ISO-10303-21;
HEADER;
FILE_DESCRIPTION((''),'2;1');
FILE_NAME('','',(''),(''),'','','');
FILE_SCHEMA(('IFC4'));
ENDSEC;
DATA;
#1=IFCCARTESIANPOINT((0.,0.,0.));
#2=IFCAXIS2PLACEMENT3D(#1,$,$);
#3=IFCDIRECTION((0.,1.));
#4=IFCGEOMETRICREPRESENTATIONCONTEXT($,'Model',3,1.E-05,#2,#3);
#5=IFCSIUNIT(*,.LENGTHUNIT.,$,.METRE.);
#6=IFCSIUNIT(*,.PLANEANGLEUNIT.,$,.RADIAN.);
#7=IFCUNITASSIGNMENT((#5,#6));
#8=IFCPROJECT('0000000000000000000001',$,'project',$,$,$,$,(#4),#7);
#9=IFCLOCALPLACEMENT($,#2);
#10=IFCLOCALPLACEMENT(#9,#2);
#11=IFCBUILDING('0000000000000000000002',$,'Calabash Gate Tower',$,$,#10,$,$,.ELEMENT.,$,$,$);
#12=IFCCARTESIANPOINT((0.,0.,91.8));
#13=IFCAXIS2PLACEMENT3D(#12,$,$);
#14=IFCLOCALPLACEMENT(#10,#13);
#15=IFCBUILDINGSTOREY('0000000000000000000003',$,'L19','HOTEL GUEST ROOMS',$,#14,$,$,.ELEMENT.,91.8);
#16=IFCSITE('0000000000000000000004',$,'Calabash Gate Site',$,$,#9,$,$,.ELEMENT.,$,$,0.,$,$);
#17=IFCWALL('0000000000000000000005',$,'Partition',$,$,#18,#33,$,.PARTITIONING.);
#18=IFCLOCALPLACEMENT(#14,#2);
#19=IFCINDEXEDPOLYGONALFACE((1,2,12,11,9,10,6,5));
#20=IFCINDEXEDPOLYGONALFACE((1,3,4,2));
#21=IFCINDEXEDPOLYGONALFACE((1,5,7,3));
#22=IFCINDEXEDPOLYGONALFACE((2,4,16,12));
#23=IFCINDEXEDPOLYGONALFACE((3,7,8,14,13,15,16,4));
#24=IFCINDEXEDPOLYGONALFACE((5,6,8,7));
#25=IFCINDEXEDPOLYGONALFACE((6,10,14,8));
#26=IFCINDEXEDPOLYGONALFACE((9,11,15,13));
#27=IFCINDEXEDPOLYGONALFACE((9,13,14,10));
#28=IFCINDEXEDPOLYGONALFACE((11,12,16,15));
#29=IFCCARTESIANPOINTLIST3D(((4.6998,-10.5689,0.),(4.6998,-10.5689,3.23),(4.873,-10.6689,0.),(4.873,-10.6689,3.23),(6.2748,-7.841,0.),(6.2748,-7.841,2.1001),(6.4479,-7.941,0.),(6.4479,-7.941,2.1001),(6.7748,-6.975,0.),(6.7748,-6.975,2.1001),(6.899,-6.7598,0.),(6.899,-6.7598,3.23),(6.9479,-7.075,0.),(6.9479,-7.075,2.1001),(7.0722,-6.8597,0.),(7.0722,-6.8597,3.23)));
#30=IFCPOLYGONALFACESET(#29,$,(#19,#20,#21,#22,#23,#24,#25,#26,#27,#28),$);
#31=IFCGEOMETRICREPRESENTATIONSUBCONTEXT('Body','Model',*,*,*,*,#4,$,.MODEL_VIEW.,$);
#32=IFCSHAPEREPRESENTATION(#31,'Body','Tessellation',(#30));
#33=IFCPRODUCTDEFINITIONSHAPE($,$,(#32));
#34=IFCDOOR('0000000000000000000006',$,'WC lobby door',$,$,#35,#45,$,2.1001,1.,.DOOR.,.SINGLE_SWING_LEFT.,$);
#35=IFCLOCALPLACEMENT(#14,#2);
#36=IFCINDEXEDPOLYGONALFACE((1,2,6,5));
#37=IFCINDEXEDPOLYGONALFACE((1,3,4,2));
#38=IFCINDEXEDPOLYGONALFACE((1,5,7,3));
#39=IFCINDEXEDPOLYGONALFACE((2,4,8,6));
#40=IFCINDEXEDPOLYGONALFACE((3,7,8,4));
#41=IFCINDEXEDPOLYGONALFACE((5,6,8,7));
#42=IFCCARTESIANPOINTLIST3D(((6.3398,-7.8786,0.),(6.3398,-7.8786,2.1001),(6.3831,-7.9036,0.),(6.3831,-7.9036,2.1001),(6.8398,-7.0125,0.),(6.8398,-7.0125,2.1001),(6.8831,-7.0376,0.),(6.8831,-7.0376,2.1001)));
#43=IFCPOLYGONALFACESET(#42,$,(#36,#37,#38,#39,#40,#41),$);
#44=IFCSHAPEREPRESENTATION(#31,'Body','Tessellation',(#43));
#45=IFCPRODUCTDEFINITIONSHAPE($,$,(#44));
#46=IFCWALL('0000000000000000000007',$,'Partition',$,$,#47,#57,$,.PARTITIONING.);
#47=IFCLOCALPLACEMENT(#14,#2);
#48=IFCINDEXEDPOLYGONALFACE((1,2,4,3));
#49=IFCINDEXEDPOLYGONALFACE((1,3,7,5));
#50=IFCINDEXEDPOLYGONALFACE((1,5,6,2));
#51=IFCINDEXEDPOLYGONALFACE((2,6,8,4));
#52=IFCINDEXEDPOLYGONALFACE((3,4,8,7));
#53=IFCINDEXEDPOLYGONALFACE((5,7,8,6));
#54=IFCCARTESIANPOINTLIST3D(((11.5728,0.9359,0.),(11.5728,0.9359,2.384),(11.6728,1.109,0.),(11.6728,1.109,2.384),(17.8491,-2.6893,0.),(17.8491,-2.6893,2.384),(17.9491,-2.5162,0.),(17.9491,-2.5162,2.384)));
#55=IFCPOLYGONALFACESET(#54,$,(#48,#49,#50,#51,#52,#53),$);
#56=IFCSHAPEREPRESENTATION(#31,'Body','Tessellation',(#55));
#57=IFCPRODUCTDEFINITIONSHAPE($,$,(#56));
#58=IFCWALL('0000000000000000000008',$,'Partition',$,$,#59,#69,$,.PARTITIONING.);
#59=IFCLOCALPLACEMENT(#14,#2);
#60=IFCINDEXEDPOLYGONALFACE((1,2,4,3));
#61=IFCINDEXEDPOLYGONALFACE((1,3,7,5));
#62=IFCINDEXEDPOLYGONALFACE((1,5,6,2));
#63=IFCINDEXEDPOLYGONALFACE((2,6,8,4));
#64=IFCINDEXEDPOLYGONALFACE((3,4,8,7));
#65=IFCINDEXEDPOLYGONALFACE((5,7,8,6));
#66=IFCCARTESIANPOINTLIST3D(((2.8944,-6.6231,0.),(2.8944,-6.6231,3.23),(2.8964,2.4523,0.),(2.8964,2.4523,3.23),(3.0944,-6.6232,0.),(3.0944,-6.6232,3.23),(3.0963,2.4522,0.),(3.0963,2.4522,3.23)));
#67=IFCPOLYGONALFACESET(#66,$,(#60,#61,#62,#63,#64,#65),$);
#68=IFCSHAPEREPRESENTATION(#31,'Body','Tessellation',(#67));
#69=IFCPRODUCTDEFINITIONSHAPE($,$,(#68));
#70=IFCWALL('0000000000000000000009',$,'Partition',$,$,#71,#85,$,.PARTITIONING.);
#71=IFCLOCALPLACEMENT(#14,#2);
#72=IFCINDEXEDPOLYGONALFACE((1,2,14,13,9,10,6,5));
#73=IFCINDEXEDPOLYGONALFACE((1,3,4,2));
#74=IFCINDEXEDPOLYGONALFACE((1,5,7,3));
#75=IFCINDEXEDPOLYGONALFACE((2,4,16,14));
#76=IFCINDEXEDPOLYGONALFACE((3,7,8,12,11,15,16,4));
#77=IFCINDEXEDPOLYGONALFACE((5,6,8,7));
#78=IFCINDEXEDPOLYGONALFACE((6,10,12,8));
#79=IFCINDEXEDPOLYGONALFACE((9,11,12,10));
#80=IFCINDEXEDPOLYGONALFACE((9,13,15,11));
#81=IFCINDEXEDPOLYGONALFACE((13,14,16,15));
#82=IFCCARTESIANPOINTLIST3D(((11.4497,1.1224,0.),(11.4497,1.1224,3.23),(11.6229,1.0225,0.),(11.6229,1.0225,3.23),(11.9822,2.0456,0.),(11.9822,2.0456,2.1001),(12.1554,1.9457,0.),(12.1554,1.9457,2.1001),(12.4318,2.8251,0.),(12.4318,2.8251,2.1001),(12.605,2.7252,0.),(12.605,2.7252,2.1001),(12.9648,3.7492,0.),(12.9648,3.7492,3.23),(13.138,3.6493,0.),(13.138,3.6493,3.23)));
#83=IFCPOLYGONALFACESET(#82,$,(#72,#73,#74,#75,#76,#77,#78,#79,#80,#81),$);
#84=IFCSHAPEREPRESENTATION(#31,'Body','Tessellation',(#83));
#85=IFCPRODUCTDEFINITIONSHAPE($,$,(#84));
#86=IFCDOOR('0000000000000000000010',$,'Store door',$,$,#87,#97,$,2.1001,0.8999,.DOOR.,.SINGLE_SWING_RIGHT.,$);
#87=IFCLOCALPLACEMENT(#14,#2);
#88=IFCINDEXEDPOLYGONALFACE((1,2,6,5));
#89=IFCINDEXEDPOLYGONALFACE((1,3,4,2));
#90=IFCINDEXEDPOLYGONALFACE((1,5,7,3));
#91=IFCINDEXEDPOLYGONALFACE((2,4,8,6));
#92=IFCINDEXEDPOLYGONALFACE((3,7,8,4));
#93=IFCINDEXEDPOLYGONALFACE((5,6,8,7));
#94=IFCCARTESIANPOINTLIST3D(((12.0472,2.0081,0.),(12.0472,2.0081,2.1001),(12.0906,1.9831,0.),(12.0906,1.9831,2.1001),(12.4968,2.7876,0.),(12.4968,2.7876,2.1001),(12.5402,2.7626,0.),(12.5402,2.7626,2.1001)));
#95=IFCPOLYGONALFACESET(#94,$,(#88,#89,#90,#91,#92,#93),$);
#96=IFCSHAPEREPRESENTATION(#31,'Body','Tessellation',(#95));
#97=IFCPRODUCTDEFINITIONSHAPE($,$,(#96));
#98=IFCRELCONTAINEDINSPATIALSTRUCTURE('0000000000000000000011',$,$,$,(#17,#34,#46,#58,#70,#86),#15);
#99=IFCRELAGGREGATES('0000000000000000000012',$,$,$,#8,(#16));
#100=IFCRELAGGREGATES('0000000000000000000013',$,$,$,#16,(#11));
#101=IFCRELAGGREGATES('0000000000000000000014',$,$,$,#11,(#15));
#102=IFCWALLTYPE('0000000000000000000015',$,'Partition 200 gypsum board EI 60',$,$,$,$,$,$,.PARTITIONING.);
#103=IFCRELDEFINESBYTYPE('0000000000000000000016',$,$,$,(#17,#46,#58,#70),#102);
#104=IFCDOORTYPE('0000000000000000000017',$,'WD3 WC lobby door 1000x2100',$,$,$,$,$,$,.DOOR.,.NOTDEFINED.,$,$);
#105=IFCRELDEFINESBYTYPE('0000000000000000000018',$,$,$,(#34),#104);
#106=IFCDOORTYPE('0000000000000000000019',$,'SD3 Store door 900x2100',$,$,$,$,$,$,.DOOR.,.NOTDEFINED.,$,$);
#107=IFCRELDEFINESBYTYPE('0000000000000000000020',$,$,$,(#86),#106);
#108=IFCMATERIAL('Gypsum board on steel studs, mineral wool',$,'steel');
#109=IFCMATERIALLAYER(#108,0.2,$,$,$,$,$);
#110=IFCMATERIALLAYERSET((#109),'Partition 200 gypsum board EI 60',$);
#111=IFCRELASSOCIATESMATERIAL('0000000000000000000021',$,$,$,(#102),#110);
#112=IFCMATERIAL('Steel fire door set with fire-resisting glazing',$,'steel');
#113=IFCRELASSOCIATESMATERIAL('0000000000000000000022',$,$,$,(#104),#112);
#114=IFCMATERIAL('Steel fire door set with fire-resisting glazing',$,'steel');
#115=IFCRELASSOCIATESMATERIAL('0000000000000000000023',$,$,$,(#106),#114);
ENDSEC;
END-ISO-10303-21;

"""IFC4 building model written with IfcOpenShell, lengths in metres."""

from ifc_helpers import new_model, si_unit, direction, frame, frame_2d, origin, place, context, subcontext, project, spatial, rectangle, extrude, material, layer, layer_set, type_object, element, fill, save


model = new_model("IFC4")

# Units and contexts
model_context = context("Model", 3, precision=1e-05, world=origin(), true_north=direction((0.0, 1.0)))
body_context = subcontext(model_context, "Body", "Model", "MODEL_VIEW")
ifc_project = project(units=[si_unit("LENGTHUNIT", "METRE"), si_unit("PLANEANGLEUNIT", "RADIAN")], contexts=[model_context])

# Site, building, storey
site_placement = place(None, origin())
site = spatial("IfcSite", under=ifc_project, at=site_placement, Name="Calabash Gate Site", CompositionType="ELEMENT", RefElevation=0.0)
building_placement = place(site_placement, origin())
building = spatial("IfcBuilding", under=site, at=building_placement, Name="Calabash Gate Tower", CompositionType="ELEMENT")
storey_placement = place(building_placement, frame((0.0, 0.0, 91.8)))
storey = spatial("IfcBuildingStorey", under=building, at=storey_placement, Name="L19", Description="HOTEL GUEST ROOMS", CompositionType="ELEMENT", Elevation=91.8)

# Shared definitions
ifc_material_1 = material(Name="Gypsum board on steel studs, mineral wool", Category="steel")
ifc_layer_1 = layer(ifc_material_1, 0.2)
ifc_layer_set_1 = layer_set([ifc_layer_1], Name="Partition 200 gypsum board EI 60")
wall_type_1 = type_object("IfcWallType", Name="Partition 200 gypsum board EI 60", PredefinedType="PARTITIONING", material=ifc_layer_set_1)

# Wall, opening, door
wall_1_placement = place(storey_placement, frame((4.7864, -10.6189, 0.0), z_axis=(0.0, 0.0, 1.0), x_axis=(0.500008, 0.866021, 0.0)))
wall_1 = element("IfcWall", 1, at=wall_1_placement, inside=storey, type_object=wall_type_1, Name="Partition", PredefinedType="PARTITIONING", context=body_context, shape_type="SweptSolid", body=[
    extrude(rectangle(XDim=4.3984, YDim=0.2, at=frame_2d((2.1992, 0.0))), origin(), (0.0, 0.0, 1.0), 3.23),
])
opening_1_placement = place(wall_1_placement, frame((3.1499, 0.0, 0.0)))
opening_1 = element("IfcOpeningElement", 2, at=opening_1_placement, cuts=wall_1, PredefinedType="OPENING", context=body_context, shape_type="SweptSolid", body=[
    extrude(rectangle(XDim=1.0, YDim=2.1001, at=frame_2d((0.5, 1.05))), frame((0.0, 0.1099, 0.0), z_axis=(0.0, -1.0, 0.0), x_axis=(1.0, 0.0, 0.0)), (0.0, 0.0, 1.0), 0.22),
])
ifc_material_2 = material(Name="Steel fire door set with fire-resisting glazing", Category="steel")
door_type_1 = type_object("IfcDoorType", Name="WD3 WC lobby door 1000x2100", OperationType="NOTDEFINED", PredefinedType="DOOR", material=ifc_material_2)
door_1_placement = place(opening_1_placement, origin())
door_1 = element("IfcDoor", 3, at=door_1_placement, inside=storey, type_object=door_type_1, Name="WC lobby door", OperationType="SINGLE_SWING_LEFT", OverallHeight=2.1001, OverallWidth=1.0, PredefinedType="DOOR", context=body_context, shape_type="SweptSolid", body=[
    extrude(rectangle(XDim=1.0, YDim=2.1001, at=frame_2d((0.5, 1.05))), frame((0.0, 0.0249, 0.0), z_axis=(0.0, -1.0, 0.0), x_axis=(1.0, 0.0, 0.0)), (0.0, 0.0, 1.0), 0.05),
])
fill(opening_1, door_1)

# Walls
wall_2_placement = place(storey_placement, frame((11.6228, 1.0225, 0.0), z_axis=(0.0, 0.0, 1.0), x_axis=(0.865931, -0.500164, 0.0)))
element("IfcWall", 4, at=wall_2_placement, inside=storey, type_object=wall_type_1, Name="Partition", PredefinedType="PARTITIONING", context=body_context, shape_type="SweptSolid", body=[
    extrude(rectangle(XDim=7.248, YDim=0.2, at=frame_2d((3.624, 0.0))), origin(), (0.0, 0.0, 1.0), 2.384),
])
wall_3_placement = place(storey_placement, frame((2.9944, -6.623, 0.0), z_axis=(0.0, 0.0, 1.0), x_axis=(0.000215, 1.0, 0.0)))
element("IfcWall", 5, at=wall_3_placement, inside=storey, type_object=wall_type_1, Name="Partition", PredefinedType="PARTITIONING", context=body_context, shape_type="SweptSolid", body=[
    extrude(rectangle(XDim=9.0754, YDim=0.2, at=frame_2d((4.5376, 0.0))), origin(), (0.0, 0.0, 1.0), 3.23),
])

# Wall, opening, door
wall_4_placement = place(storey_placement, frame((11.5364, 1.0725, 0.0), z_axis=(0.0, 0.0, 1.0), x_axis=(0.49962, 0.866245, 0.0)))
wall_4 = element("IfcWall", 6, at=wall_4_placement, inside=storey, type_object=wall_type_1, Name="Partition", PredefinedType="PARTITIONING", context=body_context, shape_type="SweptSolid", body=[
    extrude(rectangle(XDim=3.0325, YDim=0.2, at=frame_2d((1.5161, 0.0))), origin(), (0.0, 0.0, 1.0), 3.23),
])
opening_2_placement = place(wall_4_placement, frame((1.0657, 0.0, 0.0)))
opening_2 = element("IfcOpeningElement", 7, at=opening_2_placement, cuts=wall_4, PredefinedType="OPENING", context=body_context, shape_type="SweptSolid", body=[
    extrude(rectangle(XDim=0.8999, YDim=2.1001, at=frame_2d((0.45, 1.05))), frame((0.0, 0.1099, 0.0), z_axis=(0.0, -1.0, 0.0), x_axis=(1.0, 0.0, 0.0)), (0.0, 0.0, 1.0), 0.22),
])
ifc_material_3 = material(Name="Steel fire door set with fire-resisting glazing", Category="steel")
door_type_2 = type_object("IfcDoorType", Name="SD3 Store door 900x2100", OperationType="NOTDEFINED", PredefinedType="DOOR", material=ifc_material_3)
door_2_placement = place(opening_2_placement, origin())
door_2 = element("IfcDoor", 8, at=door_2_placement, inside=storey, type_object=door_type_2, Name="Store door", OperationType="SINGLE_SWING_RIGHT", OverallHeight=2.1001, OverallWidth=0.8999, PredefinedType="DOOR", context=body_context, shape_type="SweptSolid", body=[
    extrude(rectangle(XDim=0.8999, YDim=2.1001, at=frame_2d((0.45, 1.05))), frame((0.0, 0.0249, 0.0), z_axis=(0.0, -1.0, 0.0), x_axis=(1.0, 0.0, 0.0)), (0.0, 0.0, 1.0), 0.05),
])
fill(opening_2, door_2)

save(model, "model.ifc")
